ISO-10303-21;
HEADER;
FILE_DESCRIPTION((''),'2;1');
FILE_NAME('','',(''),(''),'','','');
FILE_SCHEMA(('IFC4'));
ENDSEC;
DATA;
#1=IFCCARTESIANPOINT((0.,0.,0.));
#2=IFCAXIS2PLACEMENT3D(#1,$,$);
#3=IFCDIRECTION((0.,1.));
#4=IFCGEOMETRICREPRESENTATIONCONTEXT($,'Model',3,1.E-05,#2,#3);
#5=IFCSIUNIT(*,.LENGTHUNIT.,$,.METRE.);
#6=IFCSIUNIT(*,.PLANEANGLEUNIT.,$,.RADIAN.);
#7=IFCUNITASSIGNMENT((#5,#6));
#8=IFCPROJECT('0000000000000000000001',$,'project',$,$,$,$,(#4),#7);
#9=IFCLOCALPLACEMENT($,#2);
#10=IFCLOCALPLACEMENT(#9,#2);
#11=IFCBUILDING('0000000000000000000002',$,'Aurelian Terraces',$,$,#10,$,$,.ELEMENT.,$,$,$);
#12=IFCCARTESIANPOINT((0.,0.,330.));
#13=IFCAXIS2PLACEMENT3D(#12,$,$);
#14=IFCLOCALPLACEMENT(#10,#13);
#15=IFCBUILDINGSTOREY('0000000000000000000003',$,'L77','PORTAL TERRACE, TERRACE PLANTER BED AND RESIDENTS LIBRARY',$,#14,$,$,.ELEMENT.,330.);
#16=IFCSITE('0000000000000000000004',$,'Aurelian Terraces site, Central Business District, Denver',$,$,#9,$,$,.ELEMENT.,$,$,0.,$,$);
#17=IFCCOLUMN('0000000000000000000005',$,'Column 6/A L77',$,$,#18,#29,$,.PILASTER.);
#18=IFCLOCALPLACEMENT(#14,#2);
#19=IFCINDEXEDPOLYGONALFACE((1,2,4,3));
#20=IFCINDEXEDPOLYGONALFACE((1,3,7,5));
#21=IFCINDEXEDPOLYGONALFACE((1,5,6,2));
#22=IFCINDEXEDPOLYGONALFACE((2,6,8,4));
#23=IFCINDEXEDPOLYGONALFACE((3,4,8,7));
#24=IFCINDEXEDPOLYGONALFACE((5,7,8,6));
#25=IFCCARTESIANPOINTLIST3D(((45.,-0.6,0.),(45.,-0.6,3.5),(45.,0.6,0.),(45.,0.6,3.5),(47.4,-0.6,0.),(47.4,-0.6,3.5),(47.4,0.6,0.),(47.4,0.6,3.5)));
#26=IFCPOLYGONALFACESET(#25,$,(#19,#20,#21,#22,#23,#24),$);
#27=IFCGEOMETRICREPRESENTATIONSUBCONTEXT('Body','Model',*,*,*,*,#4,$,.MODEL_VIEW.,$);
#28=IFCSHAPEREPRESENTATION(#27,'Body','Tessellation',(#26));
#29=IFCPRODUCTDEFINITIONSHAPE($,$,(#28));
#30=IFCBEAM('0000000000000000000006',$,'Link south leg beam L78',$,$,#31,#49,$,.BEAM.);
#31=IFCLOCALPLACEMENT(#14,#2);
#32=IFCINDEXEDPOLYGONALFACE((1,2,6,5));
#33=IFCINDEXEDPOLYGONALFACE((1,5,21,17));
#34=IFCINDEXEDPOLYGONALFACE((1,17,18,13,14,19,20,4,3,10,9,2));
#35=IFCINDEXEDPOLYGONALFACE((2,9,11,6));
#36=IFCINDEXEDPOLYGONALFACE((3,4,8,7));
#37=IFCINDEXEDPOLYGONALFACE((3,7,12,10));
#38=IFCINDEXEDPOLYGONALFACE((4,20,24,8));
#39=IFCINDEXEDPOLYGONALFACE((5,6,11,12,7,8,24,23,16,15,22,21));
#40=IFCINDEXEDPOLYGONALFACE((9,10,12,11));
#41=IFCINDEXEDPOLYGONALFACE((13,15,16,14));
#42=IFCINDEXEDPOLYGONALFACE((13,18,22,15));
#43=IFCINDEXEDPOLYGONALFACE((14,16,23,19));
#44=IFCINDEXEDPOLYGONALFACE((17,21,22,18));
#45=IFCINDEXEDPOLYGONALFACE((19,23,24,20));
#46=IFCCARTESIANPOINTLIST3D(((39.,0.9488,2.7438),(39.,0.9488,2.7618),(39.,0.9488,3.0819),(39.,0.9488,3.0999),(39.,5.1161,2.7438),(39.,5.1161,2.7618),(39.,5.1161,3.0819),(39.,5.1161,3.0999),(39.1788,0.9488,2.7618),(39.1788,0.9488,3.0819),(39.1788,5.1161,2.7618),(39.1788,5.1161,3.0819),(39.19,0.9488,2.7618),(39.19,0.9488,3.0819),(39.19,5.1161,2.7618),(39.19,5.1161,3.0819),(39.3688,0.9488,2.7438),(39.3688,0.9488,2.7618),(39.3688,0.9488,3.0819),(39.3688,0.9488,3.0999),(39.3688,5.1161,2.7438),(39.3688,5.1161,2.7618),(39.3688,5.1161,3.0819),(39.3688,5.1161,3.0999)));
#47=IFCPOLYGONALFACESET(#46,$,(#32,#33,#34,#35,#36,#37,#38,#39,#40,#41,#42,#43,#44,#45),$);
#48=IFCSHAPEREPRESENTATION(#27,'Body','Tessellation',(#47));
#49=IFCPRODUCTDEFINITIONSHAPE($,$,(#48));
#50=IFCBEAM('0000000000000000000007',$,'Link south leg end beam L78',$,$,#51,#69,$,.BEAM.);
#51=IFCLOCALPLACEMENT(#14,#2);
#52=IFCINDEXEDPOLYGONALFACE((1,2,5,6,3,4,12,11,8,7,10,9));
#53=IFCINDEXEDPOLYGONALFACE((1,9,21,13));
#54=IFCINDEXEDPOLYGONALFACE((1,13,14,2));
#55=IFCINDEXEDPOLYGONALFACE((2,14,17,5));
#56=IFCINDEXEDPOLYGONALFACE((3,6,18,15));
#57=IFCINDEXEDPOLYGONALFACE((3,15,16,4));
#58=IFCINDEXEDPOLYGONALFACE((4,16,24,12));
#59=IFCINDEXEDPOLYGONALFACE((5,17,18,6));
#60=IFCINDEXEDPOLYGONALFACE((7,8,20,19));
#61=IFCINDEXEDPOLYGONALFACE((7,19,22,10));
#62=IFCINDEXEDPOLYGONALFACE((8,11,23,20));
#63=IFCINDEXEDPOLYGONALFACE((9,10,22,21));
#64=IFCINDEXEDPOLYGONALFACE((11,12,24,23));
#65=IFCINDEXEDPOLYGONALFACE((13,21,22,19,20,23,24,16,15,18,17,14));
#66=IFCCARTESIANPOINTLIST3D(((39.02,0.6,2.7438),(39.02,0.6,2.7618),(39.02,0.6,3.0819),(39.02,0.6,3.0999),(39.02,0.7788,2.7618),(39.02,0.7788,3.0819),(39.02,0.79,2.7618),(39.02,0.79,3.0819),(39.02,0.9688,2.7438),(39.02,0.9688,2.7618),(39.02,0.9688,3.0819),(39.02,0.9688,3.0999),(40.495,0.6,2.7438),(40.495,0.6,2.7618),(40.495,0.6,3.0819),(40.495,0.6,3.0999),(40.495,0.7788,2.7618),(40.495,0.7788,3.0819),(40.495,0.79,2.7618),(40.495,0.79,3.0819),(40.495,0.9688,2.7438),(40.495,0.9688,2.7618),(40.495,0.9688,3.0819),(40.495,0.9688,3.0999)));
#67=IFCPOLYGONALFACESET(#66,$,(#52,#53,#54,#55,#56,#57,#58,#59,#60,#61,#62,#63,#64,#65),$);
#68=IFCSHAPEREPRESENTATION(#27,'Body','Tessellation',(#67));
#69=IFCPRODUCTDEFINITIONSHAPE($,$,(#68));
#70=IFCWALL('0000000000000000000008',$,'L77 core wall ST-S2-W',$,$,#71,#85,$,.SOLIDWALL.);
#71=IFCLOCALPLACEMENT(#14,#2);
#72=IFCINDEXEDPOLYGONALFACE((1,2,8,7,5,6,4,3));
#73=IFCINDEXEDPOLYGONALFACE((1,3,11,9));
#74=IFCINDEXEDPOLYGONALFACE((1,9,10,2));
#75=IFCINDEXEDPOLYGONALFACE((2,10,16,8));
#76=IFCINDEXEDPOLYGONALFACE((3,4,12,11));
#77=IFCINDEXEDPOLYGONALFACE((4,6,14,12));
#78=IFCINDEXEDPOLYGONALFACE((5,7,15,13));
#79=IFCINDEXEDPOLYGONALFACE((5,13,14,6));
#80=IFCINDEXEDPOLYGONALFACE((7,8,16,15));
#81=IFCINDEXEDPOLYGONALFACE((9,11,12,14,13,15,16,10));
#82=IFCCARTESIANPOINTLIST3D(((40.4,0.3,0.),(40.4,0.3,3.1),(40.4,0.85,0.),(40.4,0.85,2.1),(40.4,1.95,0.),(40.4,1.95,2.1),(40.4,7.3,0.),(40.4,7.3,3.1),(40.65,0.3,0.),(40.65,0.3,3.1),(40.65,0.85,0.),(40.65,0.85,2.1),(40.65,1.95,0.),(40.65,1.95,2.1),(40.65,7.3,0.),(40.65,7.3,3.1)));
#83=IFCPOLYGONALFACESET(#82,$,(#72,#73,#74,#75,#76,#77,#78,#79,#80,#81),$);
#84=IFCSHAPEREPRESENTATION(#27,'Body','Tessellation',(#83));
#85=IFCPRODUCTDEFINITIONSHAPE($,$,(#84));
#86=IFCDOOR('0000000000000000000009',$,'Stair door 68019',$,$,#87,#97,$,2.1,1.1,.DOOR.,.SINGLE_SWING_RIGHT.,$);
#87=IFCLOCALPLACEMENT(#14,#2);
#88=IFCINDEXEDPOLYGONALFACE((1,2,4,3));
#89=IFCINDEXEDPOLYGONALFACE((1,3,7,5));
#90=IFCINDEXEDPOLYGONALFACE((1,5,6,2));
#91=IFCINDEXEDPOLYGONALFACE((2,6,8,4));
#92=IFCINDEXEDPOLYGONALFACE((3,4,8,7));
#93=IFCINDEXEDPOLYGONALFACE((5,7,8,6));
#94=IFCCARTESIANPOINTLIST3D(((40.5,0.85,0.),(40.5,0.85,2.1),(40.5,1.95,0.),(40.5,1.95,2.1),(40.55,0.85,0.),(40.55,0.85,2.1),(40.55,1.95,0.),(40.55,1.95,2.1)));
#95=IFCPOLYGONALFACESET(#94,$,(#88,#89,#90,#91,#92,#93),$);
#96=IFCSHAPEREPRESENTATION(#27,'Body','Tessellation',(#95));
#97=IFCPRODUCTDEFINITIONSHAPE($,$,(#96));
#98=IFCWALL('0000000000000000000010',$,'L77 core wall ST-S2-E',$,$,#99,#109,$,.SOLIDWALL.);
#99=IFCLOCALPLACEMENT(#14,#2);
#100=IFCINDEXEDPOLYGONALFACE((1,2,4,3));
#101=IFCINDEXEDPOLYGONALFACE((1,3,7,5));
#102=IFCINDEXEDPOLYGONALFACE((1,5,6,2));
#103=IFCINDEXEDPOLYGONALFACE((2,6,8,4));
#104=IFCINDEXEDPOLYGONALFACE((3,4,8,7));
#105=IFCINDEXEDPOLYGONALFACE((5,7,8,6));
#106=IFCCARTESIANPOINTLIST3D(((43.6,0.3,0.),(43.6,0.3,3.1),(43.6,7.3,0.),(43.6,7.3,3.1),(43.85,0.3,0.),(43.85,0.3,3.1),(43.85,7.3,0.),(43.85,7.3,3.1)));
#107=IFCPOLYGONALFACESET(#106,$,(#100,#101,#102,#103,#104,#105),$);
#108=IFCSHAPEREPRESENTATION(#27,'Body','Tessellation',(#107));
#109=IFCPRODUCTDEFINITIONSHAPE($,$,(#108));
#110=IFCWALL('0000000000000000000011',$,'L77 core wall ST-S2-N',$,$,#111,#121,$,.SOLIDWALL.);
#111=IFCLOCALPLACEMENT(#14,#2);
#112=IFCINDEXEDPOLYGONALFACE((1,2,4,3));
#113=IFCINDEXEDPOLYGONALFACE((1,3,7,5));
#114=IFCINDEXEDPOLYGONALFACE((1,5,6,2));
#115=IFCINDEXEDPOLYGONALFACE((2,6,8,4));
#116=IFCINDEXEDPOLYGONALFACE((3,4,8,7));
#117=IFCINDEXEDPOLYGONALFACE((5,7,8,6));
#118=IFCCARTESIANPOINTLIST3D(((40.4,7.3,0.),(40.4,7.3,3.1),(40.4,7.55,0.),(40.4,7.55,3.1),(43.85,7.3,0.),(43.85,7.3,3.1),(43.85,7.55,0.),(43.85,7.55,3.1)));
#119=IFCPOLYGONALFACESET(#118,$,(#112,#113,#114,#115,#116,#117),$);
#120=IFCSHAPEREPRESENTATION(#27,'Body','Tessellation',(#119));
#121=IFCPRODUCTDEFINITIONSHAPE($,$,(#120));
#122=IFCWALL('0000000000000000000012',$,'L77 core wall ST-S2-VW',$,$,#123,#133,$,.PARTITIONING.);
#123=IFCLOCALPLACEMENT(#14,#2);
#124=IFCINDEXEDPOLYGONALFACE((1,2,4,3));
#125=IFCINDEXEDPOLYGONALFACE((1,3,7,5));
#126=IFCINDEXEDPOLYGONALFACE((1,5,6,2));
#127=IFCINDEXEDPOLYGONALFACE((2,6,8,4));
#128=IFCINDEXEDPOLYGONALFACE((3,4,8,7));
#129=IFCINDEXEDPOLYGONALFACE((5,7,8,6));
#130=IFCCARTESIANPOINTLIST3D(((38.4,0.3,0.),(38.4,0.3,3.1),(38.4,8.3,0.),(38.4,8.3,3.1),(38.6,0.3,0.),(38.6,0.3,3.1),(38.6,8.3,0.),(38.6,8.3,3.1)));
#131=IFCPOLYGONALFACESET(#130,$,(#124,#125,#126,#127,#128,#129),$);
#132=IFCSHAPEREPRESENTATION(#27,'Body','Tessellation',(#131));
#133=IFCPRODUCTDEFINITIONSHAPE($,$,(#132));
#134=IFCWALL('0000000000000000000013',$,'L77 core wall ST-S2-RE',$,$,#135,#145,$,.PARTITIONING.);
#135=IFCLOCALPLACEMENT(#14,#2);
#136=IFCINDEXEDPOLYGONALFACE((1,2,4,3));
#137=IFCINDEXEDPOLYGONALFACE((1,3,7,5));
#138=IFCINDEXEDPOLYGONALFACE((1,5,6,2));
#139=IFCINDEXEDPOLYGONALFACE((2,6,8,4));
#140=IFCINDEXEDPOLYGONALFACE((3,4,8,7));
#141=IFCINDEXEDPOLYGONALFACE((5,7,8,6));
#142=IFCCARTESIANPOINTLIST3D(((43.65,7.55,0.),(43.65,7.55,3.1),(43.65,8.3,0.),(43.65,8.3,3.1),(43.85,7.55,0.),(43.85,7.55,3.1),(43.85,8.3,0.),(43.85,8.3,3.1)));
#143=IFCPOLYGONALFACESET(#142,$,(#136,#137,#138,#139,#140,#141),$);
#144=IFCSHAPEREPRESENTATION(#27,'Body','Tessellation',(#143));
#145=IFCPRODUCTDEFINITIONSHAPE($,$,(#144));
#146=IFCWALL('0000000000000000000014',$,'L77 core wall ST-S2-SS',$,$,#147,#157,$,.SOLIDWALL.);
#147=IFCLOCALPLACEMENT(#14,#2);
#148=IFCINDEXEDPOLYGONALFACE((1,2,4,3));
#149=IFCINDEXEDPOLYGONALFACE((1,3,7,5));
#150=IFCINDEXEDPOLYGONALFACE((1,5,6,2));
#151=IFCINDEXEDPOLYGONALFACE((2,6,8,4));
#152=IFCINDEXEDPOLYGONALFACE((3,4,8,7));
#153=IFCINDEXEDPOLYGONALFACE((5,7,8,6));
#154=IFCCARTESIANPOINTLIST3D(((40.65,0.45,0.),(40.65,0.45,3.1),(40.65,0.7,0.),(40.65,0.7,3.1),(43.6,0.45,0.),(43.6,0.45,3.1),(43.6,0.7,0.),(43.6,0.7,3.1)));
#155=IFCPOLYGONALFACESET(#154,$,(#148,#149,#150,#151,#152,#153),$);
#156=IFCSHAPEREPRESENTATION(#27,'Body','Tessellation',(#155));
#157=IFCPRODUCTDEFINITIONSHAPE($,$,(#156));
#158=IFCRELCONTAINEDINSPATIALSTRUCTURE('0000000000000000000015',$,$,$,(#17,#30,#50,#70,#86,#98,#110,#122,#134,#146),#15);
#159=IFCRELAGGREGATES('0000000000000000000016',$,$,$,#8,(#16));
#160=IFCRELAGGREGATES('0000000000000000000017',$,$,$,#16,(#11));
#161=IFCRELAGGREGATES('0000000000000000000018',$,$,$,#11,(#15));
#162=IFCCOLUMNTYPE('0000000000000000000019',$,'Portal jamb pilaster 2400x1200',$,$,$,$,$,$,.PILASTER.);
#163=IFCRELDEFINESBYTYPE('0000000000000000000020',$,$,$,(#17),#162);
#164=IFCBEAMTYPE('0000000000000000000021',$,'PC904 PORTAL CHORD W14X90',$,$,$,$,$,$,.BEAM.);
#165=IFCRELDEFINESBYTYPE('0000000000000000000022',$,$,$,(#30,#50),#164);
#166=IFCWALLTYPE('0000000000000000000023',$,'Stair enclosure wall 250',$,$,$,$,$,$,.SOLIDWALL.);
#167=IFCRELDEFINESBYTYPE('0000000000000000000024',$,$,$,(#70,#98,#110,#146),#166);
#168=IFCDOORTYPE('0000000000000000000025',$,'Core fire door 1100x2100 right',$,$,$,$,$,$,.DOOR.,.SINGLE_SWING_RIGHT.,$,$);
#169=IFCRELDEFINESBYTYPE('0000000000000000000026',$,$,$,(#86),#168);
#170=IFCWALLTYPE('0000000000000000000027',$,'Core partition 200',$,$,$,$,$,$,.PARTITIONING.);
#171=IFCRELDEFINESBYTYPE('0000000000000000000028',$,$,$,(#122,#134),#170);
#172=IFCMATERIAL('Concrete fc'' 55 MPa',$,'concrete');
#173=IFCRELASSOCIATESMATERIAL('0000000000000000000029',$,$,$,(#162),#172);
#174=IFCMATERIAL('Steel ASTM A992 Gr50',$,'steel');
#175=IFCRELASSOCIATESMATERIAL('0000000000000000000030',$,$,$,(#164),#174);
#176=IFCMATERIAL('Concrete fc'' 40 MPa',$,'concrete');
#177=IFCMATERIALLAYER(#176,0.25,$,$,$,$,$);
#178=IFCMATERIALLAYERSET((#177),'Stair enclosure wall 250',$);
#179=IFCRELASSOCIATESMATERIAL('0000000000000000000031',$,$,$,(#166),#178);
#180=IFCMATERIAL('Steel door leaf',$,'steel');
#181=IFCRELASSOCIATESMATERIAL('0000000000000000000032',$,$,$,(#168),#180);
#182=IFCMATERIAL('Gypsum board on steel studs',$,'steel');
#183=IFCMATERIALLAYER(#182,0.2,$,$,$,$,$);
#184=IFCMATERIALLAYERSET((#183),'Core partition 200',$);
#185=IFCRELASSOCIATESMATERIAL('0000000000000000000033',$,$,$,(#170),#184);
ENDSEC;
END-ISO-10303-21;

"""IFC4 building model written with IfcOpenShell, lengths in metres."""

from ifc_helpers import new_model, si_unit, direction, frame, frame_2d, origin, origin_2d, place, context, subcontext, project, spatial, rectangle, i_section, extrude, source, transform, mapped, material, layer, layer_set, material_profile, profile_set, type_object, element, fill, save


model = new_model("IFC4")

# Units and contexts
model_context = context("Model", 3, precision=1e-05, world=origin(), true_north=direction((0.0, 1.0)))
body_context = subcontext(model_context, "Body", "Model", "MODEL_VIEW")
ifc_project = project(units=[si_unit("LENGTHUNIT", "METRE"), si_unit("PLANEANGLEUNIT", "RADIAN")], contexts=[model_context])

# Site, building, storey
site_placement = place(None, origin())
site = spatial("IfcSite", under=ifc_project, at=site_placement, Name="Aurelian Terraces site, Central Business District, Denver", CompositionType="ELEMENT", RefElevation=0.0)
building_placement = place(site_placement, origin())
building = spatial("IfcBuilding", under=site, at=building_placement, Name="Aurelian Terraces", CompositionType="ELEMENT")
storey_placement = place(building_placement, frame((0.0, 0.0, 330.0)))
storey = spatial("IfcBuildingStorey", under=building, at=storey_placement, Name="L77", Description="PORTAL TERRACE, TERRACE PLANTER BED AND RESIDENTS LIBRARY", CompositionType="ELEMENT", Elevation=330.0)

# Column
ifc_material_1 = material(Name="Concrete fc' 55 MPa", Category="concrete")
ifc_material_profile_1 = material_profile(ifc_material_1, rectangle(XDim=2.4, YDim=1.2, at=origin_2d()))
ifc_profile_set_1 = profile_set([ifc_material_profile_1], Name="Concrete fc' 55 MPa")
column_type = type_object("IfcColumnType", Name="Portal jamb pilaster 2400x1200", PredefinedType="PILASTER", material=ifc_profile_set_1)
column_placement = place(storey_placement, frame((46.2, 0.0, 0.0), z_axis=(0.0, 0.0, 1.0), x_axis=(1.0, 0.0, 0.0)))
element("IfcColumn", 1, at=column_placement, inside=storey, type_object=column_type, Name="Column 6/A L77", PredefinedType="PILASTER", context=body_context, shape_type="SweptSolid", body=[
    extrude(rectangle(XDim=2.4, YDim=1.2, at=origin_2d()), origin(), (0.0, 0.0, 1.0), 3.5),
])

# Beams
ifc_material_2 = material(Name="Steel ASTM A992 Gr50", Category="steel")
ifc_material_profile_2 = material_profile(ifc_material_2, i_section(OverallWidth=0.3688, OverallDepth=0.3561, WebThickness=0.0112, FlangeThickness=0.018, at=origin_2d()))
ifc_profile_set_2 = profile_set([ifc_material_profile_2], Name="Steel ASTM A992 Gr50")
beam_type = type_object("IfcBeamType", Name="PC904 PORTAL CHORD W14X90", PredefinedType="BEAM", material=ifc_profile_set_2)
beam_1_placement = place(storey_placement, frame((39.1844, 0.9488, 2.9218), z_axis=(0.0, 1.0, 0.0), x_axis=(-1.0, 0.0, 0.0)))
element("IfcBeam", 2, at=beam_1_placement, inside=storey, type_object=beam_type, Name="Link south leg beam L78", PredefinedType="BEAM", context=body_context, shape_type="SweptSolid", body=[
    extrude(i_section(OverallWidth=0.3688, OverallDepth=0.3561, WebThickness=0.0112, FlangeThickness=0.018, at=origin_2d()), origin(), (0.0, 0.0, 1.0), 4.1673),
])
beam_2_placement = place(storey_placement, frame((39.02, 0.7844, 2.9218), z_axis=(1.0, 0.0, 0.0), x_axis=(0.0, 1.0, 0.0)))
element("IfcBeam", 3, at=beam_2_placement, inside=storey, type_object=beam_type, Name="Link south leg end beam L78", PredefinedType="BEAM", context=body_context, shape_type="SweptSolid", body=[
    extrude(i_section(OverallWidth=0.3688, OverallDepth=0.3561, WebThickness=0.0112, FlangeThickness=0.018, at=origin_2d()), origin(), (0.0, 0.0, 1.0), 1.475),
])

# Wall, opening, door
ifc_material_3 = material(Name="Concrete fc' 40 MPa", Category="concrete")
ifc_layer_1 = layer(ifc_material_3, 0.25)
ifc_layer_set_1 = layer_set([ifc_layer_1], Name="Stair enclosure wall 250")
wall_type_1 = type_object("IfcWallType", Name="Stair enclosure wall 250", PredefinedType="SOLIDWALL", material=ifc_layer_set_1)
shared_shape_1 = source(origin(), body_context, "Body", "SweptSolid", [
    extrude(rectangle(XDim=7.0, YDim=0.25, at=frame_2d((3.5, 0.0))), origin(), (0.0, 0.0, 1.0), 3.1),
])
wall_1_placement = place(storey_placement, frame((40.525, 0.3, 0.0), z_axis=(0.0, 0.0, 1.0), x_axis=(0.0, 1.0, 0.0)))
wall_1 = element("IfcWall", 4, at=wall_1_placement, inside=storey, type_object=wall_type_1, Name="L77 core wall ST-S2-W", PredefinedType="SOLIDWALL", context=body_context, shape_type="MappedRepresentation", body=[
    mapped(shared_shape_1, transform((0.0, 0.0, 0.0), scale=1.0)),
])
shared_shape_2 = source(origin(), body_context, "Body", "SweptSolid", [
    extrude(rectangle(XDim=1.1, YDim=2.1, at=frame_2d((0.55, 1.05))), frame((0.0, 0.135, 0.0), z_axis=(0.0, -1.0, 0.0), x_axis=(1.0, 0.0, 0.0)), (0.0, 0.0, 1.0), 0.27),
])
opening_placement = place(wall_1_placement, frame((0.55, 0.0, 0.0)))
opening = element("IfcOpeningElement", 5, at=opening_placement, cuts=wall_1, PredefinedType="OPENING", context=body_context, shape_type="MappedRepresentation", body=[
    mapped(shared_shape_2, transform((0.0, 0.0, 0.0), scale=1.0)),
])
ifc_material_4 = material(Name="Steel door leaf", Category="steel")
door_type = type_object("IfcDoorType", Name="Core fire door 1100x2100 right", OperationType="SINGLE_SWING_RIGHT", PredefinedType="DOOR", material=ifc_material_4)
shared_shape_3 = source(origin(), body_context, "Body", "SweptSolid", [
    extrude(rectangle(XDim=1.1, YDim=2.1, at=frame_2d((0.55, 1.05))), frame((0.0, 0.025, 0.0), z_axis=(0.0, -1.0, 0.0), x_axis=(1.0, 0.0, 0.0)), (0.0, 0.0, 1.0), 0.05),
])
door_placement = place(opening_placement, origin())
door = element("IfcDoor", 6, at=door_placement, inside=storey, type_object=door_type, Name="Stair door 68019", OperationType="SINGLE_SWING_RIGHT", OverallHeight=2.1, OverallWidth=1.1, PredefinedType="DOOR", context=body_context, shape_type="MappedRepresentation", body=[
    mapped(shared_shape_3, transform((0.0, 0.0, 0.0), scale=1.0)),
])
fill(opening, door)

# Walls
wall_2_placement = place(storey_placement, frame((43.725, 0.3, 0.0), z_axis=(0.0, 0.0, 1.0), x_axis=(0.0, 1.0, 0.0)))
element("IfcWall", 7, at=wall_2_placement, inside=storey, type_object=wall_type_1, Name="L77 core wall ST-S2-E", PredefinedType="SOLIDWALL", context=body_context, shape_type="MappedRepresentation", body=[
    mapped(shared_shape_1, transform((0.0, 0.0, 0.0), scale=1.0)),
])
shared_shape_4 = source(origin(), body_context, "Body", "SweptSolid", [
    extrude(rectangle(XDim=3.45, YDim=0.25, at=frame_2d((1.725, 0.0))), origin(), (0.0, 0.0, 1.0), 3.1),
])
wall_3_placement = place(storey_placement, frame((40.4, 7.425, 0.0), z_axis=(0.0, 0.0, 1.0), x_axis=(1.0, 0.0, 0.0)))
element("IfcWall", 8, at=wall_3_placement, inside=storey, type_object=wall_type_1, Name="L77 core wall ST-S2-N", PredefinedType="SOLIDWALL", context=body_context, shape_type="MappedRepresentation", body=[
    mapped(shared_shape_4, transform((0.0, 0.0, 0.0), scale=1.0)),
])
ifc_material_5 = material(Name="Gypsum board on steel studs", Category="steel")
ifc_layer_2 = layer(ifc_material_5, 0.2)
ifc_layer_set_2 = layer_set([ifc_layer_2], Name="Core partition 200")
wall_type_2 = type_object("IfcWallType", Name="Core partition 200", PredefinedType="PARTITIONING", material=ifc_layer_set_2)
shared_shape_5 = source(origin(), body_context, "Body", "SweptSolid", [
    extrude(rectangle(XDim=8.0, YDim=0.2, at=frame_2d((4.0, 0.0))), origin(), (0.0, 0.0, 1.0), 3.1),
])
wall_4_placement = place(storey_placement, frame((38.5, 0.3, 0.0), z_axis=(0.0, 0.0, 1.0), x_axis=(0.0, 1.0, 0.0)))
element("IfcWall", 9, at=wall_4_placement, inside=storey, type_object=wall_type_2, Name="L77 core wall ST-S2-VW", PredefinedType="PARTITIONING", context=body_context, shape_type="MappedRepresentation", body=[
    mapped(shared_shape_5, transform((0.0, 0.0, 0.0), scale=1.0)),
])
shared_shape_6 = source(origin(), body_context, "Body", "SweptSolid", [
    extrude(rectangle(XDim=0.75, YDim=0.2, at=frame_2d((0.375, 0.0))), origin(), (0.0, 0.0, 1.0), 3.1),
])
wall_5_placement = place(storey_placement, frame((43.75, 7.55, 0.0), z_axis=(0.0, 0.0, 1.0), x_axis=(0.0, 1.0, 0.0)))
element("IfcWall", 10, at=wall_5_placement, inside=storey, type_object=wall_type_2, Name="L77 core wall ST-S2-RE", PredefinedType="PARTITIONING", context=body_context, shape_type="MappedRepresentation", body=[
    mapped(shared_shape_6, transform((0.0, 0.0, 0.0), scale=1.0)),
])
shared_shape_7 = source(origin(), body_context, "Body", "SweptSolid", [
    extrude(rectangle(XDim=2.95, YDim=0.25, at=frame_2d((1.475, 0.0))), origin(), (0.0, 0.0, 1.0), 3.1),
])
wall_6_placement = place(storey_placement, frame((40.65, 0.575, 0.0), z_axis=(0.0, 0.0, 1.0), x_axis=(1.0, 0.0, 0.0)))
element("IfcWall", 11, at=wall_6_placement, inside=storey, type_object=wall_type_1, Name="L77 core wall ST-S2-SS", PredefinedType="SOLIDWALL", context=body_context, shape_type="MappedRepresentation", body=[
    mapped(shared_shape_7, transform((0.0, 0.0, 0.0), scale=1.0)),
])

save(model, "model.ifc")
